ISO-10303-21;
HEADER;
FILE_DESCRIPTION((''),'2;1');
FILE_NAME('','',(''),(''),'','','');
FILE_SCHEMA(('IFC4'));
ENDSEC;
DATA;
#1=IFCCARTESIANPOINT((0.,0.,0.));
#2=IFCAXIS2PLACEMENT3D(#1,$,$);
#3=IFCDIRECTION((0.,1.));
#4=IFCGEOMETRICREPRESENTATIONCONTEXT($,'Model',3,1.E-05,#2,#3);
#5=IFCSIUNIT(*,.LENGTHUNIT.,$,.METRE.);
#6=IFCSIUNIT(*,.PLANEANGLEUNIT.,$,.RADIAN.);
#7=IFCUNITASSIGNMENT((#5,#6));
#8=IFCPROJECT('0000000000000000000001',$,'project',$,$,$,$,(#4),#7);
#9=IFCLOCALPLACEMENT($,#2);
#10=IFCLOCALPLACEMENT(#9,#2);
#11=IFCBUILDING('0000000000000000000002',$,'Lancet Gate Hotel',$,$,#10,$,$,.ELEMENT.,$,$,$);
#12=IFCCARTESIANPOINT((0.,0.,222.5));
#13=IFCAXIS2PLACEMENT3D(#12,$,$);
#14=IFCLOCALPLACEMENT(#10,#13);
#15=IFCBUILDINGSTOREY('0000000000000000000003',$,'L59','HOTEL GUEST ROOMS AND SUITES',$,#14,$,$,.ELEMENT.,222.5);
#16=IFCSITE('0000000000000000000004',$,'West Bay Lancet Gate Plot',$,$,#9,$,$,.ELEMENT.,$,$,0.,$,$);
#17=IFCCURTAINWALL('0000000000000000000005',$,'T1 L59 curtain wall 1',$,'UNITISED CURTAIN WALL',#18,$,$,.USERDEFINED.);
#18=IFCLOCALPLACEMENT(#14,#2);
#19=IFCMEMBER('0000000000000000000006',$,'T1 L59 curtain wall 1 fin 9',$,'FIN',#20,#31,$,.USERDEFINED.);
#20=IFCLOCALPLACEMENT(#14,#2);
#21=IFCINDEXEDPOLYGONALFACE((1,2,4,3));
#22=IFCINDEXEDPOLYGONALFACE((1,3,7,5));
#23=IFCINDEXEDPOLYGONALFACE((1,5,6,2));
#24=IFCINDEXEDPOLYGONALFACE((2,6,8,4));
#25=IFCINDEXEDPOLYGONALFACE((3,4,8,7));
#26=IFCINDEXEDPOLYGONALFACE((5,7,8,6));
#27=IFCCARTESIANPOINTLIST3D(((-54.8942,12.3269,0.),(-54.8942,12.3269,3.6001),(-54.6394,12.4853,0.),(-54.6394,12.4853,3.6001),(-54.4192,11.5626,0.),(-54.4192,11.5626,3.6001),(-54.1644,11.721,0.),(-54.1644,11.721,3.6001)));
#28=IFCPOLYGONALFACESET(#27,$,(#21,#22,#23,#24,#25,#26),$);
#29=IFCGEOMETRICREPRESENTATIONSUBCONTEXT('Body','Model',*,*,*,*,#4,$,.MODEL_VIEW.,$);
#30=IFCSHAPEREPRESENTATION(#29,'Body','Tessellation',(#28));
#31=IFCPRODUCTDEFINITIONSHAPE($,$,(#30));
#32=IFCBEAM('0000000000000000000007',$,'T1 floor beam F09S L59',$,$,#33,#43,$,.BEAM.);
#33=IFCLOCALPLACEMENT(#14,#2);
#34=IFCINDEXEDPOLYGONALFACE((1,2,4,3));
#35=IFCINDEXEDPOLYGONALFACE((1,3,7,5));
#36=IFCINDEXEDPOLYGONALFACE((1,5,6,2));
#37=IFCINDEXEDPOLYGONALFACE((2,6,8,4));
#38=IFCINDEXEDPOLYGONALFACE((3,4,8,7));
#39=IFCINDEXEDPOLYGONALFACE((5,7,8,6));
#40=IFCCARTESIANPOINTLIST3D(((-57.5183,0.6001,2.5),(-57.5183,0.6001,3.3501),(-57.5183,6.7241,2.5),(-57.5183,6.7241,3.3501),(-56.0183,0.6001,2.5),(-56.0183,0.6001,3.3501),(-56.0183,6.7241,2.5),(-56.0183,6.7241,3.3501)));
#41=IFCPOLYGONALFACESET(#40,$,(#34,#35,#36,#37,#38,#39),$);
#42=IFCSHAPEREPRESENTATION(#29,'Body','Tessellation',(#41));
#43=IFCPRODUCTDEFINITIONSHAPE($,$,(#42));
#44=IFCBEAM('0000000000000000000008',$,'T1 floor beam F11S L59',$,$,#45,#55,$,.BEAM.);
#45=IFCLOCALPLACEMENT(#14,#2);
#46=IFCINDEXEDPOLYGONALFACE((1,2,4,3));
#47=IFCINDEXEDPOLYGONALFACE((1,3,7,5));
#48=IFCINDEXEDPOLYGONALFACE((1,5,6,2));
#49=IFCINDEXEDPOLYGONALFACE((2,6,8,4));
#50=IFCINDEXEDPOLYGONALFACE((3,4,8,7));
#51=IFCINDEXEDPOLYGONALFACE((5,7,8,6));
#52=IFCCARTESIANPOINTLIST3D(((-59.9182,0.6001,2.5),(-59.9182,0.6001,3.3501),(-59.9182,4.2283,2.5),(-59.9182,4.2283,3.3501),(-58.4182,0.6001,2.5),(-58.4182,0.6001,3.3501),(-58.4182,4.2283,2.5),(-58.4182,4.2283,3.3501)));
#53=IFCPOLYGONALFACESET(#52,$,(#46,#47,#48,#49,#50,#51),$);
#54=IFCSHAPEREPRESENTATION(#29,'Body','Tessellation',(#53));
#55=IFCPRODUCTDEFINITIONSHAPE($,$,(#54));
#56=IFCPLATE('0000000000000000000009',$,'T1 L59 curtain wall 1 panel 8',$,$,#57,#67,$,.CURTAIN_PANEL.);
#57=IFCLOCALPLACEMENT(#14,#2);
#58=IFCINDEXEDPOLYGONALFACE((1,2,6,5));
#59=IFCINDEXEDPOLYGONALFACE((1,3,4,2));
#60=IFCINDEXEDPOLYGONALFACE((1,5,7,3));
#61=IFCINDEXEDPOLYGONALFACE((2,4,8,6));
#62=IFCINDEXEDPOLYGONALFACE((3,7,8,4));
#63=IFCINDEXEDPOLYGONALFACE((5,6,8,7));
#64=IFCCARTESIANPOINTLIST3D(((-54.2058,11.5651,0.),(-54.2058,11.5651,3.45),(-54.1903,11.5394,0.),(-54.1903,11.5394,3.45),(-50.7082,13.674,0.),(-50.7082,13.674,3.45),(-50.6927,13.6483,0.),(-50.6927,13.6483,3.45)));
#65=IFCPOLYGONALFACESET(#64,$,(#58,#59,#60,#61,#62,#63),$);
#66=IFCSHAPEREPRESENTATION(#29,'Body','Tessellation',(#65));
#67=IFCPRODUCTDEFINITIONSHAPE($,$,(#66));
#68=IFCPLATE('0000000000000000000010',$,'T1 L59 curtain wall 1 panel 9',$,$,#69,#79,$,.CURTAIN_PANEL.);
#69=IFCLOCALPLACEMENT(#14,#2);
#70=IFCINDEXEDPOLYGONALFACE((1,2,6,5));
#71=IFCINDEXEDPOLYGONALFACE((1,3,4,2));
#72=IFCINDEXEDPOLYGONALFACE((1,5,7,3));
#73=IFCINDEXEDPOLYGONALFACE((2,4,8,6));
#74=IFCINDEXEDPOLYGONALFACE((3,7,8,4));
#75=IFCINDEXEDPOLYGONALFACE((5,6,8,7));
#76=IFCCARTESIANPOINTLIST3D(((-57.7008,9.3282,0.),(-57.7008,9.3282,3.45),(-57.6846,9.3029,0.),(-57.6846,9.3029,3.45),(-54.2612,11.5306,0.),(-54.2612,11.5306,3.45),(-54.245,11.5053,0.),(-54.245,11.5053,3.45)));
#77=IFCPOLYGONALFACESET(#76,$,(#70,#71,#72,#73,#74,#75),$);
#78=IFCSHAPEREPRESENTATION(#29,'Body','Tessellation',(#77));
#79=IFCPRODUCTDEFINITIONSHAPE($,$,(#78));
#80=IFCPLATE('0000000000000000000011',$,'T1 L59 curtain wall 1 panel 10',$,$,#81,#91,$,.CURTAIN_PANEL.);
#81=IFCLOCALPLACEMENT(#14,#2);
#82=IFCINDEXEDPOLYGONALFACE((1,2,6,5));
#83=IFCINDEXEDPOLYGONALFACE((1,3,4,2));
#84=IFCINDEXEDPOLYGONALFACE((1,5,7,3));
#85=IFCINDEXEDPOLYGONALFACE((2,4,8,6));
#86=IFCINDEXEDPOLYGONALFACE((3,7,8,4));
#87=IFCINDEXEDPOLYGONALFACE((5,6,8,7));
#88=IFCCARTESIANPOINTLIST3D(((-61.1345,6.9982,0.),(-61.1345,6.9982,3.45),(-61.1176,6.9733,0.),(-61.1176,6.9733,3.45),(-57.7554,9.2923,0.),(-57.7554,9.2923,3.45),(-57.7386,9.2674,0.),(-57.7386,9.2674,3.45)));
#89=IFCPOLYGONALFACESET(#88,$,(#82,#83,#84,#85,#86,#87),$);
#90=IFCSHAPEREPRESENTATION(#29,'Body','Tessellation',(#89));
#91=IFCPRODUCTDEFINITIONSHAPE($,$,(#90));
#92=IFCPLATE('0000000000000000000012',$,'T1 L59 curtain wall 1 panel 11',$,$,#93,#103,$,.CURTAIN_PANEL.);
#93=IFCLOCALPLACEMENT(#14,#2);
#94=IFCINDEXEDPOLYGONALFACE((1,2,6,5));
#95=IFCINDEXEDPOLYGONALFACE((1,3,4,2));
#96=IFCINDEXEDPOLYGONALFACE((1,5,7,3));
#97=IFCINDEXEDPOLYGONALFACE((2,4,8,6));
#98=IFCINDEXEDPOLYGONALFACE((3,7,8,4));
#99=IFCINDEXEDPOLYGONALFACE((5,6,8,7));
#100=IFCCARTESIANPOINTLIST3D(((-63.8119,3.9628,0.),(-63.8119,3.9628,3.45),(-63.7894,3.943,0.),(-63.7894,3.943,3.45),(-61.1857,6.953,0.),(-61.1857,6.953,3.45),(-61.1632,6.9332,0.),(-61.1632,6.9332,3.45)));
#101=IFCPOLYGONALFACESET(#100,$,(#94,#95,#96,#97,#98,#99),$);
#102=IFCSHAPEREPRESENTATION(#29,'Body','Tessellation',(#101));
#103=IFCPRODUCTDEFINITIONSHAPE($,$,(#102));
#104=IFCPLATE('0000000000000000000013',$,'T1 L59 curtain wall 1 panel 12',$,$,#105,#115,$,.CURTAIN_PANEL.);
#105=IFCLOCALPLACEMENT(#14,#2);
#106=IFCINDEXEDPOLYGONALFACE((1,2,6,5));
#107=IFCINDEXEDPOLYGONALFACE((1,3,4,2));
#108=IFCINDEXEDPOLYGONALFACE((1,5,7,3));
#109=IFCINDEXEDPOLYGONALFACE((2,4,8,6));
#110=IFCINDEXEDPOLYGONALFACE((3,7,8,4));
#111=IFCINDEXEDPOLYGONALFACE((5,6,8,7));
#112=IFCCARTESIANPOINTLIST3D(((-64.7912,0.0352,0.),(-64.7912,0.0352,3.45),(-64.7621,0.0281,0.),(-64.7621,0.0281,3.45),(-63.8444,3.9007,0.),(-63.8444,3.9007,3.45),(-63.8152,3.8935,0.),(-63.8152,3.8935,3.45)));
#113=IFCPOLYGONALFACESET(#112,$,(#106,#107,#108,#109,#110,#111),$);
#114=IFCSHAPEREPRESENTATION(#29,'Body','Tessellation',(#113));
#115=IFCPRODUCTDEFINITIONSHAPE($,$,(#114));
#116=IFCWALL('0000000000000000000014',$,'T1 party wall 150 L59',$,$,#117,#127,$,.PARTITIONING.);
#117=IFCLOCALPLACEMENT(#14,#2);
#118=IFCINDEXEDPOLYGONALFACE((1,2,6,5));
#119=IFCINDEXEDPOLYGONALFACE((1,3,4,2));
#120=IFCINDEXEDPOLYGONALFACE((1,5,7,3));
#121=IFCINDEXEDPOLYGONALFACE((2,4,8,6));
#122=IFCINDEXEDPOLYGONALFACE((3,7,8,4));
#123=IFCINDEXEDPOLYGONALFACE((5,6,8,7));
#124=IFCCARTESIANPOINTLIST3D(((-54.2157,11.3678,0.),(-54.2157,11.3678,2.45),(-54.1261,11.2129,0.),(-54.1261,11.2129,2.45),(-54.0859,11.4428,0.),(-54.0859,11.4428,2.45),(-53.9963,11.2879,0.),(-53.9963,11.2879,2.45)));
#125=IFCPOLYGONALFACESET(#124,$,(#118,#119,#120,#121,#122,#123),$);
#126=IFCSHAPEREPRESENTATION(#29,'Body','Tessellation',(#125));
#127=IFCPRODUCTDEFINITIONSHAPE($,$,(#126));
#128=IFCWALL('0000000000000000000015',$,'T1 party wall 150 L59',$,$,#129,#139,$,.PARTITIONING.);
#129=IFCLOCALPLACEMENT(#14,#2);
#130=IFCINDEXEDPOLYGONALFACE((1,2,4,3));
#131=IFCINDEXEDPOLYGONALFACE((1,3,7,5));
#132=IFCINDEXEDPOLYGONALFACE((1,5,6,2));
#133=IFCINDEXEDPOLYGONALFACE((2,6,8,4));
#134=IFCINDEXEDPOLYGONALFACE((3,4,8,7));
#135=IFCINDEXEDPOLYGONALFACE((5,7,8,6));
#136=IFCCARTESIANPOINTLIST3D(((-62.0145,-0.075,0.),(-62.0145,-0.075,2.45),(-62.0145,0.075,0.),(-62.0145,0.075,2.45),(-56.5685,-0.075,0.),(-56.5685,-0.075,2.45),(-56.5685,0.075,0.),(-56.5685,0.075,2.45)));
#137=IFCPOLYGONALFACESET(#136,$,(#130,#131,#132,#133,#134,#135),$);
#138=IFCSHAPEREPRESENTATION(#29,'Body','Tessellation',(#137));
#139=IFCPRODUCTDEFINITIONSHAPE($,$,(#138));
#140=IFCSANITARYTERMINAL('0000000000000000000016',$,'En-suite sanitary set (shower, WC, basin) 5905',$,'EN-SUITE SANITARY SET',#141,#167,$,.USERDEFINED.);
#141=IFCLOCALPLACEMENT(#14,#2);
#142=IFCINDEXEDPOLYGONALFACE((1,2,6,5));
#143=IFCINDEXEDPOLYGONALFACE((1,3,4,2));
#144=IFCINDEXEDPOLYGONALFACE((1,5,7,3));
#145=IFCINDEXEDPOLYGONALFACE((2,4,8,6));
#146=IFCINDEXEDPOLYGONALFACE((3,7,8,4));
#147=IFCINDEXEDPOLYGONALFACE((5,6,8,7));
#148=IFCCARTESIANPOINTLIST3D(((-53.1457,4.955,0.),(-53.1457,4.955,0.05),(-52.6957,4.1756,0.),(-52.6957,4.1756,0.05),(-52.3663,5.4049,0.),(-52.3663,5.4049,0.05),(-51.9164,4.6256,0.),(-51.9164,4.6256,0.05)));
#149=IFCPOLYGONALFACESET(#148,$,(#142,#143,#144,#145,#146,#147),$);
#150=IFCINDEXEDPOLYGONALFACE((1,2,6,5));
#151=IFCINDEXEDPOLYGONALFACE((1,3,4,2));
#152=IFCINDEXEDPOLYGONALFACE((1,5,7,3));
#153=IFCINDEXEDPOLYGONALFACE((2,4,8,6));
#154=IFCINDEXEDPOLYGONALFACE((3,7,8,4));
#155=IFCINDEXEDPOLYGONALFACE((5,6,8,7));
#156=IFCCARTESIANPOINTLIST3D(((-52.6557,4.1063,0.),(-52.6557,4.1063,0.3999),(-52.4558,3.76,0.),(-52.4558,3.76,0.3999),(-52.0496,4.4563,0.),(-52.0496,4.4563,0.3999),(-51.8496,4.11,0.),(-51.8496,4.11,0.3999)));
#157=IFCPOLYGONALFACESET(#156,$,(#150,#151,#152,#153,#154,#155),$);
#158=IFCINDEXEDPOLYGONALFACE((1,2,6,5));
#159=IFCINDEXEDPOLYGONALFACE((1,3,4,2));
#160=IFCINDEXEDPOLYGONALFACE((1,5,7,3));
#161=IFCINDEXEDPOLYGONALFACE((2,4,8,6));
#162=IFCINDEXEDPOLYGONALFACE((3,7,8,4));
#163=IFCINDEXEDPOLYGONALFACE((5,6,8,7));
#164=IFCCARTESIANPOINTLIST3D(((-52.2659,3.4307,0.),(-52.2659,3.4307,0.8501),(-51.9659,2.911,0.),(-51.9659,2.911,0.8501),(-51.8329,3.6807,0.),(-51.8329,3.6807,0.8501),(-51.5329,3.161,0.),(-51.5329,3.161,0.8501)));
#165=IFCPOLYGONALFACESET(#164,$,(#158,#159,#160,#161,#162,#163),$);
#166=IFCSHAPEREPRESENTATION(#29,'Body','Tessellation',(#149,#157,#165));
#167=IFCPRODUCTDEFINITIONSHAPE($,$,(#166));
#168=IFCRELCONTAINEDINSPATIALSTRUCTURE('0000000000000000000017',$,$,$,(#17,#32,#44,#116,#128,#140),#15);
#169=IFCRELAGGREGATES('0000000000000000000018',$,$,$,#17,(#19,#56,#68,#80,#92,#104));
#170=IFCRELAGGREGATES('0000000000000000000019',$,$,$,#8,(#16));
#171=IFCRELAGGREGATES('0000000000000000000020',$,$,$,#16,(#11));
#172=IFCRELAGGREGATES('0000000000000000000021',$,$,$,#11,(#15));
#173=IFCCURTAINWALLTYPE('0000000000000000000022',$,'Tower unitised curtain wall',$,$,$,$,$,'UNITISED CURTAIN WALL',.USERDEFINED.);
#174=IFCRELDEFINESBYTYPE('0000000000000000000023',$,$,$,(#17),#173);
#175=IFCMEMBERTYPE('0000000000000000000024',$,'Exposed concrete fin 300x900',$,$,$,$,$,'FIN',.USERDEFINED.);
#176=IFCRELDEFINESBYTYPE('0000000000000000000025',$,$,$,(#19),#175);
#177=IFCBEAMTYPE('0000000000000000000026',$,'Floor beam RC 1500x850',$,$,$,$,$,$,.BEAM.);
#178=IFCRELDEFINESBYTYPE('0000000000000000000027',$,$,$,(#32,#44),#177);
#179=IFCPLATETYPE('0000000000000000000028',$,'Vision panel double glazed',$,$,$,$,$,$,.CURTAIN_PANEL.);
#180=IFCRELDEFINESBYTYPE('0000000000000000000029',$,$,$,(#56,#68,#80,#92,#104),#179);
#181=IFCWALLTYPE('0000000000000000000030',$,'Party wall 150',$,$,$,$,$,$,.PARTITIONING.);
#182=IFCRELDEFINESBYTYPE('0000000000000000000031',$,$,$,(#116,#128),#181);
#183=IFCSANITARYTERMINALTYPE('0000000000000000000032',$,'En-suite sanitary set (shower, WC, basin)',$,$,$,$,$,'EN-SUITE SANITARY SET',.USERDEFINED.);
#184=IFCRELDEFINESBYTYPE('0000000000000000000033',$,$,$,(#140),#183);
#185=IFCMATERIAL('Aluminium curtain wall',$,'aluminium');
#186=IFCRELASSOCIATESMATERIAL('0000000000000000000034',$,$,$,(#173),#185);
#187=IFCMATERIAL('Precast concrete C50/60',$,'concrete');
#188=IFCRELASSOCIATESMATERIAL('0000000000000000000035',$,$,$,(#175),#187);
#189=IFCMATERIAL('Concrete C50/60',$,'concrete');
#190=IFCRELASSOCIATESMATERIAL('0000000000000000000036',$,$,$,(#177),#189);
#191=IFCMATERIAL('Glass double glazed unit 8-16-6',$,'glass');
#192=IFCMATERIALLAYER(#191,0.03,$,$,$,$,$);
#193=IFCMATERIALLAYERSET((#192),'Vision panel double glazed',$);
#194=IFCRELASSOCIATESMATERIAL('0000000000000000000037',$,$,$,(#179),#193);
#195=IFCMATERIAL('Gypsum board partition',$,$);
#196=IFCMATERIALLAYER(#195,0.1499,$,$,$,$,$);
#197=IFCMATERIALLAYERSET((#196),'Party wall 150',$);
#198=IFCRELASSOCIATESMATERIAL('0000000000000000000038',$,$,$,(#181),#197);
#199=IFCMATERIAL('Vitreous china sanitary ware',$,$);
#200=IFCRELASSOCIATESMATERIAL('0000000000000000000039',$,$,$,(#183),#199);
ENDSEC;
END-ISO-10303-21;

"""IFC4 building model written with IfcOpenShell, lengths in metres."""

from ifc_helpers import new_model, si_unit, direction, frame, frame_2d, origin, origin_2d, place, context, subcontext, project, spatial, rectangle, extrude, material, layer, layer_set, material_profile, profile_set, type_object, element, aggregate, save


model = new_model("IFC4")

# Units and contexts
model_context = context("Model", 3, precision=1e-05, world=origin(), true_north=direction((0.0, 1.0)))
body_context = subcontext(model_context, "Body", "Model", "MODEL_VIEW")
ifc_project = project(units=[si_unit("LENGTHUNIT", "METRE"), si_unit("PLANEANGLEUNIT", "RADIAN")], contexts=[model_context])

# Site, building, storey
site_placement = place(None, origin())
site = spatial("IfcSite", under=ifc_project, at=site_placement, Name="West Bay Lancet Gate Plot", CompositionType="ELEMENT", RefElevation=0.0)
building_placement = place(site_placement, origin())
building = spatial("IfcBuilding", under=site, at=building_placement, Name="Lancet Gate Hotel", CompositionType="ELEMENT")
storey_placement = place(building_placement, frame((0.0, 0.0, 222.5)))
storey = spatial("IfcBuildingStorey", under=building, at=storey_placement, Name="L59", Description="HOTEL GUEST ROOMS AND SUITES", CompositionType="ELEMENT", Elevation=222.5)

# Curtain wall
ifc_material_1 = material(Name="Aluminium curtain wall", Category="aluminium")
curtain_wall_type = type_object("IfcCurtainWallType", Name="Tower unitised curtain wall", ElementType="UNITISED CURTAIN WALL", PredefinedType="USERDEFINED", material=ifc_material_1)
curtain_wall_placement = place(storey_placement, origin())
curtain_wall = element("IfcCurtainWall", 1, at=curtain_wall_placement, inside=storey, type_object=curtain_wall_type, Name="T1 L59 curtain wall 1", ObjectType="UNITISED CURTAIN WALL", PredefinedType="USERDEFINED")

# Member
ifc_material_2 = material(Name="Precast concrete C50/60", Category="concrete")
ifc_material_profile_1 = material_profile(ifc_material_2, rectangle(XDim=0.3, YDim=0.8999, at=origin_2d()), Name="FIN 300x900")
ifc_profile_set_1 = profile_set([ifc_material_profile_1], Name="Precast concrete C50/60")
member_type_1 = type_object("IfcMemberType", Name="Exposed concrete fin 300x900", ElementType="FIN", PredefinedType="USERDEFINED", material=ifc_profile_set_1)
member_1_placement = place(storey_placement, frame((-54.5293, 12.0239, 0.0), z_axis=(0.0, 0.0, 1.0), x_axis=(-0.849342, -0.527842, 0.0)))
member_1 = element("IfcMember", 2, at=member_1_placement, type_object=member_type_1, Name="T1 L59 curtain wall 1 fin 9", ObjectType="FIN", PredefinedType="USERDEFINED", context=body_context, shape_type="SweptSolid", body=[
    extrude(rectangle(XDim=0.3, YDim=0.8999, at=origin_2d()), origin(), (0.0, 0.0, 1.0), 3.6001),
])

# Beams
ifc_material_3 = material(Name="Concrete C50/60", Category="concrete")
ifc_material_profile_2 = material_profile(ifc_material_3, rectangle(XDim=1.5, YDim=0.8501, at=origin_2d()), Name="RC 1500x850")
ifc_profile_set_2 = profile_set([ifc_material_profile_2], Name="Concrete C50/60")
beam_type_1 = type_object("IfcBeamType", Name="Floor beam RC 1500x850", PredefinedType="BEAM", material=ifc_profile_set_2)
beam_1_placement = place(storey_placement, frame((-56.7683, 6.7241, 2.925), z_axis=(0.0, -1.0, 0.0), x_axis=(1.0, 0.0, 0.0)))
element("IfcBeam", 3, at=beam_1_placement, inside=storey, type_object=beam_type_1, Name="T1 floor beam F09S L59", PredefinedType="BEAM", context=body_context, shape_type="SweptSolid", body=[
    extrude(rectangle(XDim=1.5, YDim=0.8501, at=origin_2d()), origin(), (0.0, 0.0, 1.0), 6.124),
])
beam_2_placement = place(storey_placement, frame((-59.1682, 4.2283, 2.925), z_axis=(0.0, -1.0, 0.0), x_axis=(1.0, 0.0, 0.0)))
element("IfcBeam", 4, at=beam_2_placement, inside=storey, type_object=beam_type_1, Name="T1 floor beam F11S L59", PredefinedType="BEAM", context=body_context, shape_type="SweptSolid", body=[
    extrude(rectangle(XDim=1.5, YDim=0.8501, at=origin_2d()), origin(), (0.0, 0.0, 1.0), 3.6282),
])

# Plates
ifc_material_4 = material(Name="Glass double glazed unit 8-16-6", Category="glass")
ifc_layer_1 = layer(ifc_material_4, 0.03)
ifc_layer_set_1 = layer_set([ifc_layer_1], Name="Vision panel double glazed")
plate_type = type_object("IfcPlateType", Name="Vision panel double glazed", PredefinedType="CURTAIN_PANEL", material=ifc_layer_set_1)
plate_1_placement = place(storey_placement, frame((-52.4492, 12.6067, 0.0), z_axis=(0.0, 0.0, 1.0), x_axis=(-0.85637, -0.516363, 0.0)))
plate_1 = element("IfcPlate", 5, at=plate_1_placement, type_object=plate_type, Name="T1 L59 curtain wall 1 panel 8", PredefinedType="CURTAIN_PANEL", context=body_context, shape_type="SweptSolid", body=[
    extrude(rectangle(XDim=4.0842, YDim=0.03, at=origin_2d()), origin(), (0.0, 0.0, 1.0), 3.45),
])
plate_2_placement = place(storey_placement, frame((-55.9729, 10.4167, 0.0), z_axis=(0.0, 0.0, 1.0), x_axis=(-0.842161, -0.539226, 0.0)))
plate_2 = element("IfcPlate", 6, at=plate_2_placement, type_object=plate_type, Name="T1 L59 curtain wall 1 panel 9", PredefinedType="CURTAIN_PANEL", context=body_context, shape_type="SweptSolid", body=[
    extrude(rectangle(XDim=4.0842, YDim=0.03, at=origin_2d()), origin(), (0.0, 0.0, 1.0), 3.45),
])
plate_3_placement = place(storey_placement, frame((-59.4365, 8.1328, 0.0), z_axis=(0.0, 0.0, 1.0), x_axis=(-0.827342, -0.561698, 0.0)))
plate_3 = element("IfcPlate", 7, at=plate_3_placement, type_object=plate_type, Name="T1 L59 curtain wall 1 panel 10", PredefinedType="CURTAIN_PANEL", context=body_context, shape_type="SweptSolid", body=[
    extrude(rectangle(XDim=4.0842, YDim=0.03, at=origin_2d()), origin(), (0.0, 0.0, 1.0), 3.45),
])
plate_4_placement = place(storey_placement, frame((-62.4875, 5.448, 0.0), z_axis=(0.0, 0.0, 1.0), x_axis=(-0.659892, -0.751361, 0.0)))
plate_4 = element("IfcPlate", 8, at=plate_4_placement, type_object=plate_type, Name="T1 L59 curtain wall 1 panel 11", PredefinedType="CURTAIN_PANEL", context=body_context, shape_type="SweptSolid", body=[
    extrude(rectangle(XDim=3.9797, YDim=0.03, at=origin_2d()), origin(), (0.0, 0.0, 1.0), 3.45),
])
plate_5_placement = place(storey_placement, frame((-64.3032, 1.9644, 0.0), z_axis=(0.0, 0.0, 1.0), x_axis=(-0.237921, -0.971285, 0.0)))
plate_5 = element("IfcPlate", 9, at=plate_5_placement, type_object=plate_type, Name="T1 L59 curtain wall 1 panel 12", PredefinedType="CURTAIN_PANEL", context=body_context, shape_type="SweptSolid", body=[
    extrude(rectangle(XDim=3.9797, YDim=0.03, at=origin_2d()), origin(), (0.0, 0.0, 1.0), 3.45),
])
aggregate(curtain_wall, [member_1, plate_1, plate_2, plate_3, plate_4, plate_5])

# Walls
ifc_material_5 = material(Name="Gypsum board partition")
ifc_layer_2 = layer(ifc_material_5, 0.1499)
ifc_layer_set_2 = layer_set([ifc_layer_2], Name="Party wall 150")
wall_type = type_object("IfcWallType", Name="Party wall 150", PredefinedType="PARTITIONING", material=ifc_layer_set_2)
wall_1_placement = place(storey_placement, frame((-54.0613, 11.2505, 0.0), z_axis=(0.0, 0.0, 1.0), x_axis=(-0.500391, 0.865799, 0.0)))
element("IfcWall", 10, at=wall_1_placement, inside=storey, type_object=wall_type, Name="T1 party wall 150 L59", PredefinedType="PARTITIONING", context=body_context, shape_type="SweptSolid", body=[
    extrude(rectangle(XDim=0.179, YDim=0.1499, at=frame_2d((0.0894, 0.0))), origin(), (0.0, 0.0, 1.0), 2.45),
])
wall_2_placement = place(storey_placement, frame((-56.5684, 0.0, 0.0), z_axis=(0.0, 0.0, 1.0), x_axis=(-1.0, 0.0, 0.0)))
element("IfcWall", 11, at=wall_2_placement, inside=storey, type_object=wall_type, Name="T1 party wall 150 L59", PredefinedType="PARTITIONING", context=body_context, shape_type="SweptSolid", body=[
    extrude(rectangle(XDim=5.446, YDim=0.1499, at=frame_2d((2.7231, 0.0))), origin(), (0.0, 0.0, 1.0), 2.45),
])

# Sanitary terminal
ifc_material_6 = material(Name="Vitreous china sanitary ware")
sanitary_terminal_type = type_object("IfcSanitaryTerminalType", Name="En-suite sanitary set (shower, WC, basin)", ElementType="EN-SUITE SANITARY SET", PredefinedType="USERDEFINED", material=ifc_material_6)
sanitary_terminal_placement = place(storey_placement, frame((-52.531, 4.7903, 0.0), z_axis=(0.0, 0.0, 1.0), x_axis=(1.0, 0.0, 0.0)))
element("IfcSanitaryTerminal", 12, at=sanitary_terminal_placement, inside=storey, type_object=sanitary_terminal_type, Name="En-suite sanitary set (shower, WC, basin) 5905", ObjectType="EN-SUITE SANITARY SET", PredefinedType="USERDEFINED", context=body_context, shape_type="SweptSolid", body=[
    extrude(rectangle(XDim=0.8999, YDim=0.8999, at=origin_2d()), frame((0.0, 0.0, 0.0), z_axis=(0.0, 0.0, 1.0), x_axis=(-0.5, 0.866025, 0.0)), (0.0, 0.0, 1.0), 0.05),
    extrude(rectangle(XDim=0.3999, YDim=0.7, at=origin_2d()), frame((0.2783, -0.6821, 0.0), z_axis=(0.0, 0.0, 1.0), x_axis=(-0.5, 0.866025, 0.0)), (0.0, 0.0, 1.0), 0.3999),
    extrude(rectangle(XDim=0.6001, YDim=0.5, at=origin_2d()), frame((0.6316, -1.4944, 0.0), z_axis=(0.0, 0.0, 1.0), x_axis=(-0.5, 0.866025, 0.0)), (0.0, 0.0, 1.0), 0.8501),
])

save(model, "model.ifc")
